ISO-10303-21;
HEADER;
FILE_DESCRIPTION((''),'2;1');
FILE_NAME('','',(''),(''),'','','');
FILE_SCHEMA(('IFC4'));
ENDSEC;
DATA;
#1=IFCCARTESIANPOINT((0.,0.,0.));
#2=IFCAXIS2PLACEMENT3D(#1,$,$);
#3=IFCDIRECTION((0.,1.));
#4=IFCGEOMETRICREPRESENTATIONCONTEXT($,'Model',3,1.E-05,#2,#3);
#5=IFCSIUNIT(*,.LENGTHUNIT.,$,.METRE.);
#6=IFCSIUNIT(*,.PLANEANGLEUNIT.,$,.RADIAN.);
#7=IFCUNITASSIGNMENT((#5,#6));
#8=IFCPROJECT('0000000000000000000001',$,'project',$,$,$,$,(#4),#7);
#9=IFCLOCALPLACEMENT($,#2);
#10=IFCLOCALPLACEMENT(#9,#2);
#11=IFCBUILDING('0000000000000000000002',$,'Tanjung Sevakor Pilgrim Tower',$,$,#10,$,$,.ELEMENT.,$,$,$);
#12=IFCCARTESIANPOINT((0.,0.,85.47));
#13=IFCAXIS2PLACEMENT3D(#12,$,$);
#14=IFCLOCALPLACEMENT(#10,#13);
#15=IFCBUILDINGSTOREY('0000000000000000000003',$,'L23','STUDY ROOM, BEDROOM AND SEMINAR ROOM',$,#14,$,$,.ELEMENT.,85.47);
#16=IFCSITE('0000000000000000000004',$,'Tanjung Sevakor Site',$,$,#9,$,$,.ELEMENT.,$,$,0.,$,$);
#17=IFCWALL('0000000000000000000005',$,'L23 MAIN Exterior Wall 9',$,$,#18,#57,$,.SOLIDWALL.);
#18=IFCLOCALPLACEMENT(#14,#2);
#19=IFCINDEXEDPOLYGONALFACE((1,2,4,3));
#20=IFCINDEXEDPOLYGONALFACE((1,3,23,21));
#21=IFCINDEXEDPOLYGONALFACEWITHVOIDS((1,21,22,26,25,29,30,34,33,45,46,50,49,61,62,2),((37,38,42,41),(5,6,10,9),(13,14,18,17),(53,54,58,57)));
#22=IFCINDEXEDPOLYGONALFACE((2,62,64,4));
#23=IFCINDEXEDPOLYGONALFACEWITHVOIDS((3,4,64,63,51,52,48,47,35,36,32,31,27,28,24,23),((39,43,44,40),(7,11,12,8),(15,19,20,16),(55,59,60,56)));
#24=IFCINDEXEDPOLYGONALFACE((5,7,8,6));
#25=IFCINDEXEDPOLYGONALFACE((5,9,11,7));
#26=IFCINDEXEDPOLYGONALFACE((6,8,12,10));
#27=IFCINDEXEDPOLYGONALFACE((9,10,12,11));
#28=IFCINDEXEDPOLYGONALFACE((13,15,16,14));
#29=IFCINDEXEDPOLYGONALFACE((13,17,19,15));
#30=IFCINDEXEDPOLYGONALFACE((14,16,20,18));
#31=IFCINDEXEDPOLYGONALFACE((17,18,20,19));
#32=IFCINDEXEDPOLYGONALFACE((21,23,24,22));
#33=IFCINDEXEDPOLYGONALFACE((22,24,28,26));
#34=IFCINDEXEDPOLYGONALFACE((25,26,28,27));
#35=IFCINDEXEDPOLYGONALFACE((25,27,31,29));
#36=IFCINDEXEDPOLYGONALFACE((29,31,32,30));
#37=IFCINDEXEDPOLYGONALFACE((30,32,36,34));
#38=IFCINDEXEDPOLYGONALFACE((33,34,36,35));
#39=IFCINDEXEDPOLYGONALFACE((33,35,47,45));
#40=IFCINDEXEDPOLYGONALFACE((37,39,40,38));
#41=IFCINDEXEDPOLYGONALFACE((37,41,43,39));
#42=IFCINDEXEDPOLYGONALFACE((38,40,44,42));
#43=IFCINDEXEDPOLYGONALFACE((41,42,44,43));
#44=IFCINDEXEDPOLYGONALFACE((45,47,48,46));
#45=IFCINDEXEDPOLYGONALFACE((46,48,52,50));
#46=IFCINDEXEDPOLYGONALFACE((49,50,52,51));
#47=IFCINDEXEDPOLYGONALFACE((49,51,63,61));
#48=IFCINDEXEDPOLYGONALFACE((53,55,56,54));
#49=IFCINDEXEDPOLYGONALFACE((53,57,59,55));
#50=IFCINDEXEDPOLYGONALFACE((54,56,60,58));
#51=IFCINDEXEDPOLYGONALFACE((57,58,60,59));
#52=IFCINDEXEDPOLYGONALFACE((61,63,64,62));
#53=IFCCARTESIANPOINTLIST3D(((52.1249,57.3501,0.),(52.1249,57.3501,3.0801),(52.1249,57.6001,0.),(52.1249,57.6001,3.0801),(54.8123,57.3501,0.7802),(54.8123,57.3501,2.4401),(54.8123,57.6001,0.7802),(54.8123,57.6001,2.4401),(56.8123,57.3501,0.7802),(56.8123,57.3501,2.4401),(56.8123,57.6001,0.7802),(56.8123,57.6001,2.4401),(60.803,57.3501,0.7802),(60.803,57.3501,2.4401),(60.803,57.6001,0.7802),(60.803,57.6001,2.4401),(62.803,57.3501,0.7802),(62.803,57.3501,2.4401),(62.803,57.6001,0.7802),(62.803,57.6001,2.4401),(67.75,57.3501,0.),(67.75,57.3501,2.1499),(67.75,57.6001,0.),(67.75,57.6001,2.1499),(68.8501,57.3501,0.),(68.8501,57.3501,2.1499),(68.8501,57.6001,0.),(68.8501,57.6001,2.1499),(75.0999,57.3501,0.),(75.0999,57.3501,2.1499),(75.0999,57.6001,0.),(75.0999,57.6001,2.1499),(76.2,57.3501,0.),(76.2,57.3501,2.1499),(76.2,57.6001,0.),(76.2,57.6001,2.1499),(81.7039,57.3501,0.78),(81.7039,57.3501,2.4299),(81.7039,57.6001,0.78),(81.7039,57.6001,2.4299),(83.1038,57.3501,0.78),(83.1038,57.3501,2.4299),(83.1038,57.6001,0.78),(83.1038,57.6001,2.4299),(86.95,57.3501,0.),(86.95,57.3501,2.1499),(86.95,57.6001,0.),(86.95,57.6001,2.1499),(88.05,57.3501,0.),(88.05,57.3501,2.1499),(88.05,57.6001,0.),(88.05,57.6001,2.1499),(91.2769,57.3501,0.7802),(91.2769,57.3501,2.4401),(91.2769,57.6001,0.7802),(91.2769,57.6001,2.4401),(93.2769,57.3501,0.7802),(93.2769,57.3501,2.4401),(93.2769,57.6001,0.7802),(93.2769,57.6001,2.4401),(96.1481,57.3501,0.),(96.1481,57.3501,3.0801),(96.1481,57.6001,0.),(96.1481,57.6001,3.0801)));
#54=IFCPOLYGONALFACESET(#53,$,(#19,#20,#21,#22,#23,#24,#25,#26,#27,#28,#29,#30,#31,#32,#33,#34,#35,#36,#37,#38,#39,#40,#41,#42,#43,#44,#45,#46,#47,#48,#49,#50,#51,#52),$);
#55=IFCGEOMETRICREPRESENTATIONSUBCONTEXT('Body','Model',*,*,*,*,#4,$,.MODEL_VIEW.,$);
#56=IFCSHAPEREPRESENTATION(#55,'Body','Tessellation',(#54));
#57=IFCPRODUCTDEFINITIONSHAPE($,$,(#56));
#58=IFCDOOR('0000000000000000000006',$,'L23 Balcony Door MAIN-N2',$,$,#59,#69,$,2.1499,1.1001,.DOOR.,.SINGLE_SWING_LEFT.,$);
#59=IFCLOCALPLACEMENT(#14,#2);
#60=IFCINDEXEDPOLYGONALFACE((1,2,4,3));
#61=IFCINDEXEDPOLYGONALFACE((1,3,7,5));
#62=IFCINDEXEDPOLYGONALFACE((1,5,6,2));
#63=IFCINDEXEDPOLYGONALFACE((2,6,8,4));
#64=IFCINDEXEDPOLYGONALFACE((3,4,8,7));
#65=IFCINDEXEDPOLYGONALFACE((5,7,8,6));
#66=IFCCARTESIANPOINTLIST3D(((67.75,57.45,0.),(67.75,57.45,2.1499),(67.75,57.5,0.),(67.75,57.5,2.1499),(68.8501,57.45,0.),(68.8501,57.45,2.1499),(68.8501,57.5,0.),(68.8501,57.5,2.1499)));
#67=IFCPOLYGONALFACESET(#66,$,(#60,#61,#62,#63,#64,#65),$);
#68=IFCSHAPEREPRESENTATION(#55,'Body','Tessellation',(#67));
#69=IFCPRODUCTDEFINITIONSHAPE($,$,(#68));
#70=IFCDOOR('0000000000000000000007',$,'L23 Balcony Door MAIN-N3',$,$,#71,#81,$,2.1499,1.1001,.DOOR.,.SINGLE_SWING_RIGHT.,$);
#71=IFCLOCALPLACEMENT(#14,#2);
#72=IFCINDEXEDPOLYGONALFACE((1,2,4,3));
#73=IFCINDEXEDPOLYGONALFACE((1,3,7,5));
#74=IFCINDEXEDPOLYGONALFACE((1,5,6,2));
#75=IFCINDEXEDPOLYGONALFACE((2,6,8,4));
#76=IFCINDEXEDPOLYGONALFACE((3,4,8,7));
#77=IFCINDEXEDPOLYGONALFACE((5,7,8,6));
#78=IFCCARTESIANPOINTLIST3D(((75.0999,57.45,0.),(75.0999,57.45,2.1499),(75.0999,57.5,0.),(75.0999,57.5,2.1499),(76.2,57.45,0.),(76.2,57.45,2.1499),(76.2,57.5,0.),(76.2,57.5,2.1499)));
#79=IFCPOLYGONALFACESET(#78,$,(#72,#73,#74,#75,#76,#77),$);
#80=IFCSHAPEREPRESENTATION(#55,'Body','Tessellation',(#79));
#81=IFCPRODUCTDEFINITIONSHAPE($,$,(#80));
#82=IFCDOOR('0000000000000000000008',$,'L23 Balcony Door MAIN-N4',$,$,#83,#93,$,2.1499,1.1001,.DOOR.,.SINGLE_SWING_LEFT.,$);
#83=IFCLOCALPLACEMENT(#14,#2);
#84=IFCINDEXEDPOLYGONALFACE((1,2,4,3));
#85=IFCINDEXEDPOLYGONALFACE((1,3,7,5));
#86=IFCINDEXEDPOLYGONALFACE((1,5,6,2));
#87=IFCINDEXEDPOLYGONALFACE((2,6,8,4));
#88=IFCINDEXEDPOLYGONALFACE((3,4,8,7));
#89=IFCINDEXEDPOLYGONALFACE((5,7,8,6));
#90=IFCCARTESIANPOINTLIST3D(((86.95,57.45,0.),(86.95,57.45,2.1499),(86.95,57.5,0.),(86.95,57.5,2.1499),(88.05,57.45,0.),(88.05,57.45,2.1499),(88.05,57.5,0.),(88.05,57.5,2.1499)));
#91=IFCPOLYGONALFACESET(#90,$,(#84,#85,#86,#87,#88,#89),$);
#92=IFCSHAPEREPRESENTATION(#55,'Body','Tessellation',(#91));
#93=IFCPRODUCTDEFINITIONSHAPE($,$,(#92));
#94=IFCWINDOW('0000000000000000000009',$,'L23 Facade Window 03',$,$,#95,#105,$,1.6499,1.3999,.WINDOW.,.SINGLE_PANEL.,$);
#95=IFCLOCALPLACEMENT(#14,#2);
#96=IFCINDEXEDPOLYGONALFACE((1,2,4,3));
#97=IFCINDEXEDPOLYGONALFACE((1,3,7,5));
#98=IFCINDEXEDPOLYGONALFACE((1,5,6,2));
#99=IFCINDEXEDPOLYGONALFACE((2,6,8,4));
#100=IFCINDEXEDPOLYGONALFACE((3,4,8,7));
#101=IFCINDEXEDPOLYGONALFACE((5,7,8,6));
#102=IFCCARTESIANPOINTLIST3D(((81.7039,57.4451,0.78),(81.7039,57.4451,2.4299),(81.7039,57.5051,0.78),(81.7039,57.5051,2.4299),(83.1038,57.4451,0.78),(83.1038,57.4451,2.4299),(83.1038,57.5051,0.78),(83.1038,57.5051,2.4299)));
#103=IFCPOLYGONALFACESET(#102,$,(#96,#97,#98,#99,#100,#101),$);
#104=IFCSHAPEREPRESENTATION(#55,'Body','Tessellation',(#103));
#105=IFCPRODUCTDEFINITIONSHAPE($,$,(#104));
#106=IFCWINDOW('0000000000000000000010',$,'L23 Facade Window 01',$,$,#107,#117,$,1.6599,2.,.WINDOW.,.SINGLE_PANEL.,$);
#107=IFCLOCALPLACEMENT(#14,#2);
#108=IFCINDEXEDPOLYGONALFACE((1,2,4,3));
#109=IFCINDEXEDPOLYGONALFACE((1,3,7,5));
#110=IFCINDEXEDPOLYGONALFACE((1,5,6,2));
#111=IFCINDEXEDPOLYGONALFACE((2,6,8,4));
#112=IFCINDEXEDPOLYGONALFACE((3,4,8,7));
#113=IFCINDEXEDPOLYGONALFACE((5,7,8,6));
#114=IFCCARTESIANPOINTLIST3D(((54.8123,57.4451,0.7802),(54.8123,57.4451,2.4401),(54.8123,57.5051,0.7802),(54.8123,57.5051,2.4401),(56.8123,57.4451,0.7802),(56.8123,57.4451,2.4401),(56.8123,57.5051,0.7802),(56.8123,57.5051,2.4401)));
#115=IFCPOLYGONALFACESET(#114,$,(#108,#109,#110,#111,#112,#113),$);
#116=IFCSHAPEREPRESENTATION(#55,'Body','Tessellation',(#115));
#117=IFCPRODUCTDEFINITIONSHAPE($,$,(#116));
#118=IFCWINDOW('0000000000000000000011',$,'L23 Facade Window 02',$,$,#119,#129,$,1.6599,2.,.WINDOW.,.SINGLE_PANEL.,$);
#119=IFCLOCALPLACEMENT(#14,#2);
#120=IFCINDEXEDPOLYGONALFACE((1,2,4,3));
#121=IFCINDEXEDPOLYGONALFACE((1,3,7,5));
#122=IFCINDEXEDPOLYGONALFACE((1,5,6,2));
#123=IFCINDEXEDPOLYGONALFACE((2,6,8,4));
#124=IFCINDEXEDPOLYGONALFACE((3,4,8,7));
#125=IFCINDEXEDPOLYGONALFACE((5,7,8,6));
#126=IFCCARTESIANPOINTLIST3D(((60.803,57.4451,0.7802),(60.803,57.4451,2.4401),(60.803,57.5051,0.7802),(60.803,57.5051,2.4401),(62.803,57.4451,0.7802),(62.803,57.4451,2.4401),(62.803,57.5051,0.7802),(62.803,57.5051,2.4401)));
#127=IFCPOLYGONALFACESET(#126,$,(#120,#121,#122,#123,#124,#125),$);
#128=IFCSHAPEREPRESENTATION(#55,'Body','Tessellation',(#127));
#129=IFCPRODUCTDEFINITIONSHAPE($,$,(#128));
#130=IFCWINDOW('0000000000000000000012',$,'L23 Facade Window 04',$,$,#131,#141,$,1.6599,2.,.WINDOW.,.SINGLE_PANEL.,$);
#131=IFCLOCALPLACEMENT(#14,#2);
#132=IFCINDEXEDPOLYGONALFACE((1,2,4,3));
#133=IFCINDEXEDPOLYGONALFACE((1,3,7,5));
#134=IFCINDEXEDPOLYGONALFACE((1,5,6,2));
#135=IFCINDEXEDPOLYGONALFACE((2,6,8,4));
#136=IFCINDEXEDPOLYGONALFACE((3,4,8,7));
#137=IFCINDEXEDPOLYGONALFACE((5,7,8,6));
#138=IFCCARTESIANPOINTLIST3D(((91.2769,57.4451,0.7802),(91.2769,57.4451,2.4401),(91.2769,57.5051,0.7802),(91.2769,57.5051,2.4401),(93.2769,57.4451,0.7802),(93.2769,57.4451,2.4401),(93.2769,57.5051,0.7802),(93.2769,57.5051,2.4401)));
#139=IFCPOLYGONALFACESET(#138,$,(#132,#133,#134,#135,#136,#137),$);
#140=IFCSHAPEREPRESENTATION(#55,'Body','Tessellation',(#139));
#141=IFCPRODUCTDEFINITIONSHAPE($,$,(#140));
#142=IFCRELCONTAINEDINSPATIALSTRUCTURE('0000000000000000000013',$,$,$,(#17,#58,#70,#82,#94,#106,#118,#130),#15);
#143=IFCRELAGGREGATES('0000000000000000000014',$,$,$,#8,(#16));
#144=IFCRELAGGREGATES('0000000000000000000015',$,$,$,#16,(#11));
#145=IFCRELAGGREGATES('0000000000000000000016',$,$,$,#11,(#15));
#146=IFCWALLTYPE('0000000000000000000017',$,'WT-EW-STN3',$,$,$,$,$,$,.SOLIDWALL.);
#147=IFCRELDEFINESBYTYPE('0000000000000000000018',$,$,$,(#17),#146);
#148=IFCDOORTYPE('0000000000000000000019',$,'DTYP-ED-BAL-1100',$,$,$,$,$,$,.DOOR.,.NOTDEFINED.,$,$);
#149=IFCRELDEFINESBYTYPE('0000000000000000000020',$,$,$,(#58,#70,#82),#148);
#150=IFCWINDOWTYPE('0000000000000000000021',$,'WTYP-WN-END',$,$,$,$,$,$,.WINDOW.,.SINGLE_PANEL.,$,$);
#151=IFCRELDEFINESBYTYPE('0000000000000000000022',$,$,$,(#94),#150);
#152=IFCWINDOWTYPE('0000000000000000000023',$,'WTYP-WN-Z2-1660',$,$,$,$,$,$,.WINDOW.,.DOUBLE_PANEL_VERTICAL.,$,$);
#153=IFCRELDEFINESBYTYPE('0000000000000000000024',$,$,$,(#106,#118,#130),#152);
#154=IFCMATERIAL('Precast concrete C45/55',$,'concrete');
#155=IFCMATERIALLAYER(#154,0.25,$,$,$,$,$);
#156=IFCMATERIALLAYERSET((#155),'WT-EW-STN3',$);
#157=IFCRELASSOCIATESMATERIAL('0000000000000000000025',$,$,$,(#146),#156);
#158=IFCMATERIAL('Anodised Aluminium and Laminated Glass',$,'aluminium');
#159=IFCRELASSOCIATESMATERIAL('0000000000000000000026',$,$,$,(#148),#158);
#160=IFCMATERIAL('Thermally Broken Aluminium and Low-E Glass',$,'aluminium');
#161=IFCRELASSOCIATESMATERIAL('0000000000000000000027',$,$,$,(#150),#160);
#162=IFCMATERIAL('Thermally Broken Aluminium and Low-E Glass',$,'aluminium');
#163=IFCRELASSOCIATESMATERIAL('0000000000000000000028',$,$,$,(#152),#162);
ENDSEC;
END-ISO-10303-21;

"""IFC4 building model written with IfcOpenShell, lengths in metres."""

from ifc_helpers import new_model, si_unit, direction, frame, frame_2d, origin, place, context, subcontext, project, spatial, rectangle, extrude, material, layer, layer_set, type_object, element, fill, save


model = new_model("IFC4")

# Units and contexts
model_context = context("Model", 3, precision=1e-05, world=origin(), true_north=direction((0.0, 1.0)))
body_context = subcontext(model_context, "Body", "Model", "MODEL_VIEW")
ifc_project = project(units=[si_unit("LENGTHUNIT", "METRE"), si_unit("PLANEANGLEUNIT", "RADIAN")], contexts=[model_context])

# Site, building, storey
site_placement = place(None, origin())
site = spatial("IfcSite", under=ifc_project, at=site_placement, Name="Tanjung Sevakor Site", CompositionType="ELEMENT", RefElevation=0.0)
building_placement = place(site_placement, origin())
building = spatial("IfcBuilding", under=site, at=building_placement, Name="Tanjung Sevakor Pilgrim Tower", CompositionType="ELEMENT")
storey_placement = place(building_placement, frame((0.0, 0.0, 85.47)))
storey = spatial("IfcBuildingStorey", under=building, at=storey_placement, Name="L23", Description="STUDY ROOM, BEDROOM AND SEMINAR ROOM", CompositionType="ELEMENT", Elevation=85.47)

# Shared definitions
ifc_material_1 = material(Name="Precast concrete C45/55", Category="concrete")
ifc_layer_1 = layer(ifc_material_1, 0.25)
ifc_layer_set_1 = layer_set([ifc_layer_1], Name="WT-EW-STN3")
wall_type_1 = type_object("IfcWallType", Name="WT-EW-STN3", PredefinedType="SOLIDWALL", material=ifc_layer_set_1)

# Wall, openings, doors, windows
wall_1_placement = place(storey_placement, frame((96.1482, 57.4751, 0.0), z_axis=(0.0, 0.0, 1.0), x_axis=(-1.0, 0.0, 0.0)))
wall_1 = element("IfcWall", 1, at=wall_1_placement, inside=storey, type_object=wall_type_1, Name="L23 MAIN Exterior Wall 9", PredefinedType="SOLIDWALL", context=body_context, shape_type="SweptSolid", body=[
    extrude(rectangle(XDim=44.0232, YDim=0.25, at=frame_2d((22.0117, 0.0))), origin(), (0.0, 0.0, 1.0), 3.0801),
])
opening_1_placement = place(wall_1_placement, frame((27.2981, 0.0, 0.0)))
opening_1 = element("IfcOpeningElement", 2, at=opening_1_placement, cuts=wall_1, PredefinedType="OPENING", context=body_context, shape_type="SweptSolid", body=[
    extrude(rectangle(XDim=1.1001, YDim=2.1499, at=frame_2d((0.55, 1.075))), frame((0.0, 0.135, 0.0), z_axis=(0.0, -1.0, 0.0), x_axis=(1.0, 0.0, 0.0)), (0.0, 0.0, 1.0), 0.27),
])
opening_2_placement = place(wall_1_placement, frame((19.9482, 0.0, 0.0)))
opening_2 = element("IfcOpeningElement", 3, at=opening_2_placement, cuts=wall_1, PredefinedType="OPENING", context=body_context, shape_type="SweptSolid", body=[
    extrude(rectangle(XDim=1.1001, YDim=2.1499, at=frame_2d((0.55, 1.075))), frame((0.0, 0.135, 0.0), z_axis=(0.0, -1.0, 0.0), x_axis=(1.0, 0.0, 0.0)), (0.0, 0.0, 1.0), 0.27),
])
opening_3_placement = place(wall_1_placement, frame((8.0981, 0.0, 0.0)))
opening_3 = element("IfcOpeningElement", 4, at=opening_3_placement, cuts=wall_1, PredefinedType="OPENING", context=body_context, shape_type="SweptSolid", body=[
    extrude(rectangle(XDim=1.1001, YDim=2.1499, at=frame_2d((0.55, 1.075))), frame((0.0, 0.135, 0.0), z_axis=(0.0, -1.0, 0.0), x_axis=(1.0, 0.0, 0.0)), (0.0, 0.0, 1.0), 0.27),
])
opening_4_placement = place(wall_1_placement, frame((39.3359, 0.0, 0.78)))
opening_4 = element("IfcOpeningElement", 5, at=opening_4_placement, cuts=wall_1, PredefinedType="OPENING", context=body_context, shape_type="SweptSolid", body=[
    extrude(rectangle(XDim=2.0, YDim=1.6599, at=frame_2d((1.0, 0.8301))), frame((0.0, 0.135, 0.0), z_axis=(0.0, -1.0, 0.0), x_axis=(1.0, 0.0, 0.0)), (0.0, 0.0, 1.0), 0.27),
])
opening_5_placement = place(wall_1_placement, frame((33.3452, 0.0, 0.78)))
opening_5 = element("IfcOpeningElement", 6, at=opening_5_placement, cuts=wall_1, PredefinedType="OPENING", context=body_context, shape_type="SweptSolid", body=[
    extrude(rectangle(XDim=2.0, YDim=1.6599, at=frame_2d((1.0, 0.8301))), frame((0.0, 0.135, 0.0), z_axis=(0.0, -1.0, 0.0), x_axis=(1.0, 0.0, 0.0)), (0.0, 0.0, 1.0), 0.27),
])
opening_6_placement = place(wall_1_placement, frame((13.0444, 0.0, 0.78)))
opening_6 = element("IfcOpeningElement", 7, at=opening_6_placement, cuts=wall_1, PredefinedType="OPENING", context=body_context, shape_type="SweptSolid", body=[
    extrude(rectangle(XDim=1.3999, YDim=1.6499, at=frame_2d((0.7, 0.825))), frame((0.0, 0.135, 0.0), z_axis=(0.0, -1.0, 0.0), x_axis=(1.0, 0.0, 0.0)), (0.0, 0.0, 1.0), 0.27),
])
opening_7_placement = place(wall_1_placement, frame((2.8713, 0.0, 0.78)))
opening_7 = element("IfcOpeningElement", 8, at=opening_7_placement, cuts=wall_1, PredefinedType="OPENING", context=body_context, shape_type="SweptSolid", body=[
    extrude(rectangle(XDim=2.0, YDim=1.6599, at=frame_2d((1.0, 0.8301))), frame((0.0, 0.135, 0.0), z_axis=(0.0, -1.0, 0.0), x_axis=(1.0, 0.0, 0.0)), (0.0, 0.0, 1.0), 0.27),
])
ifc_material_2 = material(Name="Anodised Aluminium and Laminated Glass", Category="aluminium")
door_type_1 = type_object("IfcDoorType", Name="DTYP-ED-BAL-1100", OperationType="NOTDEFINED", PredefinedType="DOOR", material=ifc_material_2)
door_1_placement = place(opening_1_placement, frame((1.1001, 0.0, 0.0), z_axis=(0.0, 0.0, 1.0), x_axis=(-1.0, 0.0, 0.0)))
door_1 = element("IfcDoor", 9, at=door_1_placement, inside=storey, type_object=door_type_1, Name="L23 Balcony Door MAIN-N2", OperationType="SINGLE_SWING_LEFT", OverallHeight=2.1499, OverallWidth=1.1001, PredefinedType="DOOR", context=body_context, shape_type="SweptSolid", body=[
    extrude(rectangle(XDim=1.1001, YDim=2.1499, at=frame_2d((0.55, 1.075))), frame((0.0, 0.0249, 0.0), z_axis=(0.0, -1.0, 0.0), x_axis=(1.0, 0.0, 0.0)), (0.0, 0.0, 1.0), 0.05),
])
fill(opening_1, door_1)
door_2_placement = place(opening_2_placement, frame((1.1001, 0.0, 0.0), z_axis=(0.0, 0.0, 1.0), x_axis=(-1.0, 0.0, 0.0)))
door_2 = element("IfcDoor", 10, at=door_2_placement, inside=storey, type_object=door_type_1, Name="L23 Balcony Door MAIN-N3", OperationType="SINGLE_SWING_RIGHT", OverallHeight=2.1499, OverallWidth=1.1001, PredefinedType="DOOR", context=body_context, shape_type="SweptSolid", body=[
    extrude(rectangle(XDim=1.1001, YDim=2.1499, at=frame_2d((0.55, 1.075))), frame((0.0, 0.0249, 0.0), z_axis=(0.0, -1.0, 0.0), x_axis=(1.0, 0.0, 0.0)), (0.0, 0.0, 1.0), 0.05),
])
fill(opening_2, door_2)
door_3_placement = place(opening_3_placement, frame((1.1001, 0.0, 0.0), z_axis=(0.0, 0.0, 1.0), x_axis=(-1.0, 0.0, 0.0)))
door_3 = element("IfcDoor", 11, at=door_3_placement, inside=storey, type_object=door_type_1, Name="L23 Balcony Door MAIN-N4", OperationType="SINGLE_SWING_LEFT", OverallHeight=2.1499, OverallWidth=1.1001, PredefinedType="DOOR", context=body_context, shape_type="SweptSolid", body=[
    extrude(rectangle(XDim=1.1001, YDim=2.1499, at=frame_2d((0.55, 1.075))), frame((0.0, 0.0249, 0.0), z_axis=(0.0, -1.0, 0.0), x_axis=(1.0, 0.0, 0.0)), (0.0, 0.0, 1.0), 0.05),
])
fill(opening_3, door_3)
ifc_material_3 = material(Name="Thermally Broken Aluminium and Low-E Glass", Category="aluminium")
window_type_1 = type_object("IfcWindowType", Name="WTYP-WN-END", PartitioningType="SINGLE_PANEL", PredefinedType="WINDOW", material=ifc_material_3)
window_1_placement = place(opening_6_placement, origin())
window_1 = element("IfcWindow", 12, at=window_1_placement, inside=storey, type_object=window_type_1, Name="L23 Facade Window 03", OverallHeight=1.6499, OverallWidth=1.3999, PartitioningType="SINGLE_PANEL", PredefinedType="WINDOW", context=body_context, shape_type="SweptSolid", body=[
    extrude(rectangle(XDim=1.3999, YDim=1.6499, at=frame_2d((0.7, 0.825))), frame((0.0, 0.03, 0.0), z_axis=(0.0, -1.0, 0.0), x_axis=(1.0, 0.0, 0.0)), (0.0, 0.0, 1.0), 0.0601),
])
fill(opening_6, window_1)
ifc_material_4 = material(Name="Thermally Broken Aluminium and Low-E Glass", Category="aluminium")
window_type_2 = type_object("IfcWindowType", Name="WTYP-WN-Z2-1660", PartitioningType="DOUBLE_PANEL_VERTICAL", PredefinedType="WINDOW", material=ifc_material_4)
window_2_placement = place(opening_4_placement, origin())
window_2 = element("IfcWindow", 13, at=window_2_placement, inside=storey, type_object=window_type_2, Name="L23 Facade Window 01", OverallHeight=1.6599, OverallWidth=2.0, PartitioningType="SINGLE_PANEL", PredefinedType="WINDOW", context=body_context, shape_type="SweptSolid", body=[
    extrude(rectangle(XDim=2.0, YDim=1.6599, at=frame_2d((1.0, 0.8301))), frame((0.0, 0.03, 0.0), z_axis=(0.0, -1.0, 0.0), x_axis=(1.0, 0.0, 0.0)), (0.0, 0.0, 1.0), 0.0601),
])
fill(opening_4, window_2)
window_3_placement = place(opening_5_placement, origin())
window_3 = element("IfcWindow", 14, at=window_3_placement, inside=storey, type_object=window_type_2, Name="L23 Facade Window 02", OverallHeight=1.6599, OverallWidth=2.0, PartitioningType="SINGLE_PANEL", PredefinedType="WINDOW", context=body_context, shape_type="SweptSolid", body=[
    extrude(rectangle(XDim=2.0, YDim=1.6599, at=frame_2d((1.0, 0.8301))), frame((0.0, 0.03, 0.0), z_axis=(0.0, -1.0, 0.0), x_axis=(1.0, 0.0, 0.0)), (0.0, 0.0, 1.0), 0.0601),
])
fill(opening_5, window_3)
window_4_placement = place(opening_7_placement, origin())
window_4 = element("IfcWindow", 15, at=window_4_placement, inside=storey, type_object=window_type_2, Name="L23 Facade Window 04", OverallHeight=1.6599, OverallWidth=2.0, PartitioningType="SINGLE_PANEL", PredefinedType="WINDOW", context=body_context, shape_type="SweptSolid", body=[
    extrude(rectangle(XDim=2.0, YDim=1.6599, at=frame_2d((1.0, 0.8301))), frame((0.0, 0.03, 0.0), z_axis=(0.0, -1.0, 0.0), x_axis=(1.0, 0.0, 0.0)), (0.0, 0.0, 1.0), 0.0601),
])
fill(opening_7, window_4)

save(model, "model.ifc")
